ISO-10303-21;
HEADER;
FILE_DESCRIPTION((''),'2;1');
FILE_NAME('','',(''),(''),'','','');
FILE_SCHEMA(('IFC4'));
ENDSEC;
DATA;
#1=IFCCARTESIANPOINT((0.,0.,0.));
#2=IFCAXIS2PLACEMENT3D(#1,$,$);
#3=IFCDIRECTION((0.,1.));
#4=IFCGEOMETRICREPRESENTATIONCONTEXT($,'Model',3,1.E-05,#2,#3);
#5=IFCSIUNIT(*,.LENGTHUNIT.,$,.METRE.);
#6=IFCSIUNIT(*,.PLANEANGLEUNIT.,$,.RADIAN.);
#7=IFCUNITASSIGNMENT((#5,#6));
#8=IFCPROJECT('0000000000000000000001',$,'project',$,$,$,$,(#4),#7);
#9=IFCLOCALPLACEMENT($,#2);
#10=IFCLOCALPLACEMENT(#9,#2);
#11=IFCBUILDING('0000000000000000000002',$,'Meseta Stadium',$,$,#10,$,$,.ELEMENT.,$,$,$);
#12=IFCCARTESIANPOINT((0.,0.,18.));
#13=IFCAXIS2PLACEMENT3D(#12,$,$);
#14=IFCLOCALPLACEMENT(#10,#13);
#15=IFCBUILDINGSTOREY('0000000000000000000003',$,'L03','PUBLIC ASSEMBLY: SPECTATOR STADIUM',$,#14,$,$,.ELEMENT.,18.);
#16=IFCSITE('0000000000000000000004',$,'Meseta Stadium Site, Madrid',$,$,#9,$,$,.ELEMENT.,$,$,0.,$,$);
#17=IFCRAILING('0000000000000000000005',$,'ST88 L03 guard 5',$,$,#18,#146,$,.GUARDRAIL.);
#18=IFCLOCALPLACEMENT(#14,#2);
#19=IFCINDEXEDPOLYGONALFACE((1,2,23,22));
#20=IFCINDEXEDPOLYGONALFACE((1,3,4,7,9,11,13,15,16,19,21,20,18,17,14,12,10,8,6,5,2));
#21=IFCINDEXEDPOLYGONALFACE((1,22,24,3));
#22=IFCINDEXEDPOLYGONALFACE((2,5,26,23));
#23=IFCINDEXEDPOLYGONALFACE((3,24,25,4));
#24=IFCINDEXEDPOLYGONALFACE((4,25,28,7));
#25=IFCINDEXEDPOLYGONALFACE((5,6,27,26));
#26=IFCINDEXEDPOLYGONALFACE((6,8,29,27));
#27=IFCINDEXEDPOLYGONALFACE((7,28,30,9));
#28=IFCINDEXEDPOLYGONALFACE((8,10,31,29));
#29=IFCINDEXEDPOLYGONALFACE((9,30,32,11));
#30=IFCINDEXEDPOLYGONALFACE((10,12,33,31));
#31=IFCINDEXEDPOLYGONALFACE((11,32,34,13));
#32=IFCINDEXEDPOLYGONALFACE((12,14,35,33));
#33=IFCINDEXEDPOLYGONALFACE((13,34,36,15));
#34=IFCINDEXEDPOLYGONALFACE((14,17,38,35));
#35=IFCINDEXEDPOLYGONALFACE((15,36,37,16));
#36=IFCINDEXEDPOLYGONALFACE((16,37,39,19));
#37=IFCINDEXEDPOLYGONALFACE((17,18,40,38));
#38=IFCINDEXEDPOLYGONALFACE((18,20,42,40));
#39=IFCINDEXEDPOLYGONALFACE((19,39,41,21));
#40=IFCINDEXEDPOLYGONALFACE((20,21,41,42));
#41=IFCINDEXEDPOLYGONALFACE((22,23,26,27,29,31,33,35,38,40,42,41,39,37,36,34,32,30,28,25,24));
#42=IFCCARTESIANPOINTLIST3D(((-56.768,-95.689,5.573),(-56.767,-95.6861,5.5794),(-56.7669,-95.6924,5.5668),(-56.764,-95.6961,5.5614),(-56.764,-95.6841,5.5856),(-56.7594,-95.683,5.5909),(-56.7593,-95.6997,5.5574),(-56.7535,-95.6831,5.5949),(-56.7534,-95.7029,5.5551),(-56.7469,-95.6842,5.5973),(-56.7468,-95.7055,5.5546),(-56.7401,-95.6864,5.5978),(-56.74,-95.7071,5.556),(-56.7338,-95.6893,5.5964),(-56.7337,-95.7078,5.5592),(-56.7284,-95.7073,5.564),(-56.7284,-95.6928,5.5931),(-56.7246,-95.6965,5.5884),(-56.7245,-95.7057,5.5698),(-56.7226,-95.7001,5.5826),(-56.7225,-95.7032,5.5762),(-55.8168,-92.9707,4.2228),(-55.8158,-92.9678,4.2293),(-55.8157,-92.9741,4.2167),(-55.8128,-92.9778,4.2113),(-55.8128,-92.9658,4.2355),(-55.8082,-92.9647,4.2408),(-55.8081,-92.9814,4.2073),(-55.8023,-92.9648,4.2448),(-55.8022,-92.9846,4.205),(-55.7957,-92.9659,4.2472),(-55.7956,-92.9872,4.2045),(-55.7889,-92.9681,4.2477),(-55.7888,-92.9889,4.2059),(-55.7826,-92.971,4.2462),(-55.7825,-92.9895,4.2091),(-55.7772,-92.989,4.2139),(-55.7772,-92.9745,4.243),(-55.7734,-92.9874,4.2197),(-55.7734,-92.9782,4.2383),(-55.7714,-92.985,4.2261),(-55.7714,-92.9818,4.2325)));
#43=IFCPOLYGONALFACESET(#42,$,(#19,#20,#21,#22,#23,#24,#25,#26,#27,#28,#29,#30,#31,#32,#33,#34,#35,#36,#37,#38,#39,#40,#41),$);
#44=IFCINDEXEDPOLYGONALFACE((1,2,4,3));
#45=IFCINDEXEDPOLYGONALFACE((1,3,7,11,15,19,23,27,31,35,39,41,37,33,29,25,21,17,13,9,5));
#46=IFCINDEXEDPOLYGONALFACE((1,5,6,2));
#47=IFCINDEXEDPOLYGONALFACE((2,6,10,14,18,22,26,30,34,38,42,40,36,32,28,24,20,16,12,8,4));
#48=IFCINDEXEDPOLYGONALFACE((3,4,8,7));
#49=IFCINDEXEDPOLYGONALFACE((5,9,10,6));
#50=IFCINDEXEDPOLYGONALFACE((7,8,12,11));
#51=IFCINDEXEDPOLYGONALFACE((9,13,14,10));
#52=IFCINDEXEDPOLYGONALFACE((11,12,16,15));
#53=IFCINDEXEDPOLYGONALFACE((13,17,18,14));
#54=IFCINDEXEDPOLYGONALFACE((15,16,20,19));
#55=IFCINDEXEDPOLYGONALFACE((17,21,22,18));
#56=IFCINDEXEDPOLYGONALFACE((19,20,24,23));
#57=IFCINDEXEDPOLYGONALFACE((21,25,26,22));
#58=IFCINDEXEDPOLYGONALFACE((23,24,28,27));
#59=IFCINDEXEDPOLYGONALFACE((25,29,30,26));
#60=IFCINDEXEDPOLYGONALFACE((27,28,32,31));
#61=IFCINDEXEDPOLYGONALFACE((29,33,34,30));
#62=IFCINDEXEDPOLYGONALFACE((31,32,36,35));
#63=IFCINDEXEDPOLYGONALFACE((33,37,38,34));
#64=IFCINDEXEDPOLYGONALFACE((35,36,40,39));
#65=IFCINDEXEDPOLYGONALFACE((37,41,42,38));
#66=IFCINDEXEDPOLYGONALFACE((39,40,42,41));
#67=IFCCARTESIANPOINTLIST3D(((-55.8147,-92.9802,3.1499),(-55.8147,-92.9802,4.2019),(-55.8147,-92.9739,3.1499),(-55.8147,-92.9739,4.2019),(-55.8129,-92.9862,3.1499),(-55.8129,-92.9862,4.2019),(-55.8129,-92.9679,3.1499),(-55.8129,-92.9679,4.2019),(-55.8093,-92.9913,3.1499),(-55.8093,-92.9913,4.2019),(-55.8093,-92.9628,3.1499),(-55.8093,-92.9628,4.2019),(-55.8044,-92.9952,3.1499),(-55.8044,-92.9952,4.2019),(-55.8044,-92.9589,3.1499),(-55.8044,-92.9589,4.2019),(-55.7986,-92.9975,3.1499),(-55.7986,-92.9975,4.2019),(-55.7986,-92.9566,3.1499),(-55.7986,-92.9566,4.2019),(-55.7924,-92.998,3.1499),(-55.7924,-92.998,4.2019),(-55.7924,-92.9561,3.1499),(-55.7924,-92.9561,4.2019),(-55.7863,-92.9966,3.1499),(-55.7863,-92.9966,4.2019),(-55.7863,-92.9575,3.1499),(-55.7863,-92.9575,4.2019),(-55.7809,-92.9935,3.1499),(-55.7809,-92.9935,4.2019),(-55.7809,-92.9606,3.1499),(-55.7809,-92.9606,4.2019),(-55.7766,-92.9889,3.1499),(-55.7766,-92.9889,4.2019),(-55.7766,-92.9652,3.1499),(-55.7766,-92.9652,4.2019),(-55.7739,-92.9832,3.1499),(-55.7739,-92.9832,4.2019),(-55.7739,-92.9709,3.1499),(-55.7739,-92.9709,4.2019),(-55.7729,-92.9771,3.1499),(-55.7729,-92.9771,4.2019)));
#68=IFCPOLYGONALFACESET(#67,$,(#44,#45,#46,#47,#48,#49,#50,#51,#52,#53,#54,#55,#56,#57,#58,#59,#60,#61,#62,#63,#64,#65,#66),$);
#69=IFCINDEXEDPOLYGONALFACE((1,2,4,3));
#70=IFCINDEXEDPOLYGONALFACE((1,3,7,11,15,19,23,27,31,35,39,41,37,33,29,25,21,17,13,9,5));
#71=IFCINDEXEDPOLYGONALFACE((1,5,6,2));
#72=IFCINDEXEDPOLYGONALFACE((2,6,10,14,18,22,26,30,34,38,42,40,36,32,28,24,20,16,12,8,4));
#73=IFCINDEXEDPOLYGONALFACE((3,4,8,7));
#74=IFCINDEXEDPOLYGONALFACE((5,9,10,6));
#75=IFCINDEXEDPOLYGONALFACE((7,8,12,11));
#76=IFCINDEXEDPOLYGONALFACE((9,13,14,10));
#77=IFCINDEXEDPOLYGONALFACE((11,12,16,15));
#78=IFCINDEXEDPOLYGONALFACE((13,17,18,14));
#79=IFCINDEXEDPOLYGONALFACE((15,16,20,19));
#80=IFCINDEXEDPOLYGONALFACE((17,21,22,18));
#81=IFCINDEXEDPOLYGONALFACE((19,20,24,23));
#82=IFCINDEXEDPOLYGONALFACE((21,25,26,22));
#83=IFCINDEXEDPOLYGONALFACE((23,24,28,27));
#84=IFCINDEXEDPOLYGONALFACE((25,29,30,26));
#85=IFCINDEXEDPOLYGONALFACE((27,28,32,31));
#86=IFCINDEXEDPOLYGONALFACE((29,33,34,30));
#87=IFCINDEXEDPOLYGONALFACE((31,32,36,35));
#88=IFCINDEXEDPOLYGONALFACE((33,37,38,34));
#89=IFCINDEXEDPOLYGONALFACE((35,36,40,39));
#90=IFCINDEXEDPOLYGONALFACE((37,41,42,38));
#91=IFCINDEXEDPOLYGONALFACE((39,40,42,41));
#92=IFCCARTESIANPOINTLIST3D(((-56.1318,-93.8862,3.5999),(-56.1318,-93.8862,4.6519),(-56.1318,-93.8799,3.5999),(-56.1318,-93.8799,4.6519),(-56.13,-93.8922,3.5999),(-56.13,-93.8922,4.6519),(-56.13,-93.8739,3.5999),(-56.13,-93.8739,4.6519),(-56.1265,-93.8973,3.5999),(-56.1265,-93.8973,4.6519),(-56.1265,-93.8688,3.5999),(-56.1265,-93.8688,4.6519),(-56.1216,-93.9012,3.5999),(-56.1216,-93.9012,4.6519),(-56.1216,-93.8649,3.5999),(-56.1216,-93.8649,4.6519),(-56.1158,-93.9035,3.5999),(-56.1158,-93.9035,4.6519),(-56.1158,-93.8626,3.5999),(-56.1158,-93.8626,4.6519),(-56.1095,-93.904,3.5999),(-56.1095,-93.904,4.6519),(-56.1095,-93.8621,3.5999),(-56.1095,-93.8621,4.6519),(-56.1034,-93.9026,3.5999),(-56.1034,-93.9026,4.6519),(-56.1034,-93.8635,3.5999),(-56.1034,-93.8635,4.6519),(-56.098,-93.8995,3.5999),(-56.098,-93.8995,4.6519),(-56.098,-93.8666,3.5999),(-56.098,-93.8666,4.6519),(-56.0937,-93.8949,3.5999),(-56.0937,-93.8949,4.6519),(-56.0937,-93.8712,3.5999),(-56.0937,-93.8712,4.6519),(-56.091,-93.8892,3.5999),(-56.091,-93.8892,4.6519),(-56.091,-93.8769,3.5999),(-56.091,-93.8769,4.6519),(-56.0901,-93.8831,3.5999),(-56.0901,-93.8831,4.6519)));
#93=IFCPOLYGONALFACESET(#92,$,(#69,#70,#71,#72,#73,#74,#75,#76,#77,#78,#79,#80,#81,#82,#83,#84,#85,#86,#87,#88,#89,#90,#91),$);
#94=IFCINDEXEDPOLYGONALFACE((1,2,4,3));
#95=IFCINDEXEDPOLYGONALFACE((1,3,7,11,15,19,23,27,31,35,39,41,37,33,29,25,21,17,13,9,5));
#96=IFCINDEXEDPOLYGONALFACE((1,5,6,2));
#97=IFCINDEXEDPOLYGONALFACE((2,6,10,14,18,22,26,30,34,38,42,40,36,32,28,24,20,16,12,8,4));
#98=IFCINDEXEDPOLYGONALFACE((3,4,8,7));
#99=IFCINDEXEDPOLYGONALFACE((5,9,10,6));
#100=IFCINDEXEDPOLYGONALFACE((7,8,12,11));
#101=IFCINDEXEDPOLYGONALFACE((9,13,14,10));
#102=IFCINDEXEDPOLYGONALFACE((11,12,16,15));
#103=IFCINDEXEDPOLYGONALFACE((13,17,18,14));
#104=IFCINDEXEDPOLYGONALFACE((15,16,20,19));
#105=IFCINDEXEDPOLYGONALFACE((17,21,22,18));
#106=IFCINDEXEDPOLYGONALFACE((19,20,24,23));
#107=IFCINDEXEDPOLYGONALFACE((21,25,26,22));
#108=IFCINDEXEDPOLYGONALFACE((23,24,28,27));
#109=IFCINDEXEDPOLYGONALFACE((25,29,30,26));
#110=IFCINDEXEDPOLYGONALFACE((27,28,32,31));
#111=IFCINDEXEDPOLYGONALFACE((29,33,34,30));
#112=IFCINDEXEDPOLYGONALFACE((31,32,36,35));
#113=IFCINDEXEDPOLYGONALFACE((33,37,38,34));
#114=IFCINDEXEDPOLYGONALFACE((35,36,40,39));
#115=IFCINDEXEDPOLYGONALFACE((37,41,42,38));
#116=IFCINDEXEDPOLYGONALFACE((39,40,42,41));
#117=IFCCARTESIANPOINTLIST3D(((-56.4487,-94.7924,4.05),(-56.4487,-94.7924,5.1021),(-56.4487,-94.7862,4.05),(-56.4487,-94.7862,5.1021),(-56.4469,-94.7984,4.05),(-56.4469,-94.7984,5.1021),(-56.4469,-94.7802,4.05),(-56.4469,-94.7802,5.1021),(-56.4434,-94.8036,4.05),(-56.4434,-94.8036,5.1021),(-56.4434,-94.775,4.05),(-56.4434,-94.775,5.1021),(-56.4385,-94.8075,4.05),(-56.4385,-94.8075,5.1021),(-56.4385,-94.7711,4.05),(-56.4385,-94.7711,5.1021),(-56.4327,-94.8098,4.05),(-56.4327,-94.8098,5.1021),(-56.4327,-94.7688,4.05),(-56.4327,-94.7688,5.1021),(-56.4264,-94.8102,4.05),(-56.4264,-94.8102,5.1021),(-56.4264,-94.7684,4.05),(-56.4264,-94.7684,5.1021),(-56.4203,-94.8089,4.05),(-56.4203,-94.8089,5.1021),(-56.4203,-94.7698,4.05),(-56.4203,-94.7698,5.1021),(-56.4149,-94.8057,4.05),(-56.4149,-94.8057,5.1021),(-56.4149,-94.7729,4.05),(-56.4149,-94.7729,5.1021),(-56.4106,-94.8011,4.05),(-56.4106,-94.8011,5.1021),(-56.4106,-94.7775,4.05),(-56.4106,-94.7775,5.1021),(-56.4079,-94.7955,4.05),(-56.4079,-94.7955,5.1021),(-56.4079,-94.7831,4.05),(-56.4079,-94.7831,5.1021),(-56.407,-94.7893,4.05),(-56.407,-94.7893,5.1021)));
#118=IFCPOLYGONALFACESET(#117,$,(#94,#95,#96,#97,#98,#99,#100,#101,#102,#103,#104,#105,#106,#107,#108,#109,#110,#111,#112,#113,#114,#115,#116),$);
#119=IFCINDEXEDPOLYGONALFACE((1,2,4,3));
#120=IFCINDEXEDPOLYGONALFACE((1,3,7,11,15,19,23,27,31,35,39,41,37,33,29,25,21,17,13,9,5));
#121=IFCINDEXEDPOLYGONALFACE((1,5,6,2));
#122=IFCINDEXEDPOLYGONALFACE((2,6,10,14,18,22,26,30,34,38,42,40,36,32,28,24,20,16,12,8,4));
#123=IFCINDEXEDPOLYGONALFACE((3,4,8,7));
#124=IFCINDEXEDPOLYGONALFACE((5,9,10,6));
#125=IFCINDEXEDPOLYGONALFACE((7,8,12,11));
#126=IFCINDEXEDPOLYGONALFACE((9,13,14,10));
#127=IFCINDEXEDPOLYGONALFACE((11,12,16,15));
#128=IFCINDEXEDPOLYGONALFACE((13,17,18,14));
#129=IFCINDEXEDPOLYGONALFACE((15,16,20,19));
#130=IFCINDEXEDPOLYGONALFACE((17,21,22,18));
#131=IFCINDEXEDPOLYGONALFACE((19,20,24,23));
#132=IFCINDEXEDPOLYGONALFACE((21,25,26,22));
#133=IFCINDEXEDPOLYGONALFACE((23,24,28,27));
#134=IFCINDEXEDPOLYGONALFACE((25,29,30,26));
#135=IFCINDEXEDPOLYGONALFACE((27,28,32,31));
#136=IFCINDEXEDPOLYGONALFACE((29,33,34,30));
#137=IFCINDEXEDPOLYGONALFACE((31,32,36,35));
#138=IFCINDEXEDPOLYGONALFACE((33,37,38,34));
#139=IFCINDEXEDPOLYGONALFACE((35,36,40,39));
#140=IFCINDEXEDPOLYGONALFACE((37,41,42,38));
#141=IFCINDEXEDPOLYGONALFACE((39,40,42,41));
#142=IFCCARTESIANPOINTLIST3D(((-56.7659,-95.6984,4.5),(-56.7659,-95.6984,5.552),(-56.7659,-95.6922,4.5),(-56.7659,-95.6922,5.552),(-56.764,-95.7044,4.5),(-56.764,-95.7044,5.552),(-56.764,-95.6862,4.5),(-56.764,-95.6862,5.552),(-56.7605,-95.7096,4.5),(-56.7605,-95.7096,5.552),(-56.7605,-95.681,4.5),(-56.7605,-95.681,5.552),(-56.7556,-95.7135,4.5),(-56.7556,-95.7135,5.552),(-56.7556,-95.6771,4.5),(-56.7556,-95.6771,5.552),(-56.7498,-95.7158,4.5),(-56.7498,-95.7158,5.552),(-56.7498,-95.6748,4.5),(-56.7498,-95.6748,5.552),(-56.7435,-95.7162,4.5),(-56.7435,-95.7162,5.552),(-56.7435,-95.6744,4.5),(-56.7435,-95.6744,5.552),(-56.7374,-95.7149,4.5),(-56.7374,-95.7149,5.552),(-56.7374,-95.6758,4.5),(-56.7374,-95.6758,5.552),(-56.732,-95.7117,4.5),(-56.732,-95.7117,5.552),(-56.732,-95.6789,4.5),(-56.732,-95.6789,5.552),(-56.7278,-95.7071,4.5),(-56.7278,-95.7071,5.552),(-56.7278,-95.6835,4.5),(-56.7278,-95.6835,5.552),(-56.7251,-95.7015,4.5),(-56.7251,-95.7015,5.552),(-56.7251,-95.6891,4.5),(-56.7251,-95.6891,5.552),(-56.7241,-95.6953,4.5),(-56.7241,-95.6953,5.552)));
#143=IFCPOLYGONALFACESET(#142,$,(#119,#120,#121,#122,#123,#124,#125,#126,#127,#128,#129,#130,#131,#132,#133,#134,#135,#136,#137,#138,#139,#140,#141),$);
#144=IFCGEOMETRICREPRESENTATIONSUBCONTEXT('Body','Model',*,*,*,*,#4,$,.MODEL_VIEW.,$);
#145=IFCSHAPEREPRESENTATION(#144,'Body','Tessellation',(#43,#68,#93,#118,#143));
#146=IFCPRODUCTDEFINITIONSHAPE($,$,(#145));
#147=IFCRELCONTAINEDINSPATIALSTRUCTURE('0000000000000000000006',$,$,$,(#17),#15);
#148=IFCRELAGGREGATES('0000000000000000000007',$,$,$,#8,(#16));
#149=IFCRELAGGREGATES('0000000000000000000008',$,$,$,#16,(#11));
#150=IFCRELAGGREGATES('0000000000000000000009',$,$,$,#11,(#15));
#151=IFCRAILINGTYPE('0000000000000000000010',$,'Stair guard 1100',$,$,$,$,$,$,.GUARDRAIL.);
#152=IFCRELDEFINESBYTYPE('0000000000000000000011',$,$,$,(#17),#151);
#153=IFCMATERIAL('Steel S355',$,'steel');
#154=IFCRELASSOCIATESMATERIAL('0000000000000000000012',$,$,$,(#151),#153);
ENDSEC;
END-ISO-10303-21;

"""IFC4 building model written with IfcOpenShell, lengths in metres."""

from ifc_helpers import new_model, si_unit, direction, frame, origin, origin_2d, place, context, subcontext, project, spatial, circle, extrude, material, type_object, element, save


model = new_model("IFC4")

# Units and contexts
model_context = context("Model", 3, precision=1e-05, world=origin(), true_north=direction((0.0, 1.0)))
body_context = subcontext(model_context, "Body", "Model", "MODEL_VIEW")
ifc_project = project(units=[si_unit("LENGTHUNIT", "METRE"), si_unit("PLANEANGLEUNIT", "RADIAN")], contexts=[model_context])

# Site, building, storey
site_placement = place(None, origin())
site = spatial("IfcSite", under=ifc_project, at=site_placement, Name="Meseta Stadium Site, Madrid", CompositionType="ELEMENT", RefElevation=0.0)
building_placement = place(site_placement, origin())
building = spatial("IfcBuilding", under=site, at=building_placement, Name="Meseta Stadium", CompositionType="ELEMENT")
storey_placement = place(building_placement, frame((0.0, 0.0, 18.0)))
storey = spatial("IfcBuildingStorey", under=building, at=storey_placement, Name="L03", Description="PUBLIC ASSEMBLY: SPECTATOR STADIUM", CompositionType="ELEMENT", Elevation=18.0)

# Railing
ifc_material_1 = material(Name="Steel S355", Category="steel")
railing_type_1 = type_object("IfcRailingType", Name="Stair guard 1100", PredefinedType="GUARDRAIL", material=ifc_material_1)
railing_1_placement = place(storey_placement, frame((-55.7939, -92.9771, 3.1499)))
element("IfcRailing", 1, at=railing_1_placement, inside=storey, type_object=railing_type_1, Name="ST88 L03 guard 5", PredefinedType="GUARDRAIL", context=body_context, shape_type="SweptSolid", body=[
    extrude(circle(Radius=0.0239, at=origin_2d()), frame((0.0, 0.0, 1.0762), z_axis=(-0.299051, -0.854629, 0.424474), x_axis=(0.943882, -0.330282, 0.0)), (0.0, 0.0, 1.0), 3.1807),
    extrude(circle(Radius=0.021, at=origin_2d()), origin(), (0.0, 0.0, 1.0), 1.052),
    extrude(circle(Radius=0.021, at=origin_2d()), frame((-0.3171, -0.906, 0.45)), (0.0, 0.0, 1.0), 1.052),
    extrude(circle(Radius=0.021, at=origin_2d()), frame((-0.634, -1.8123, 0.9001)), (0.0, 0.0, 1.0), 1.052),
    extrude(circle(Radius=0.021, at=origin_2d()), frame((-0.9512, -2.7183, 1.3501)), (0.0, 0.0, 1.0), 1.052),
])

save(model, "model.ifc")
